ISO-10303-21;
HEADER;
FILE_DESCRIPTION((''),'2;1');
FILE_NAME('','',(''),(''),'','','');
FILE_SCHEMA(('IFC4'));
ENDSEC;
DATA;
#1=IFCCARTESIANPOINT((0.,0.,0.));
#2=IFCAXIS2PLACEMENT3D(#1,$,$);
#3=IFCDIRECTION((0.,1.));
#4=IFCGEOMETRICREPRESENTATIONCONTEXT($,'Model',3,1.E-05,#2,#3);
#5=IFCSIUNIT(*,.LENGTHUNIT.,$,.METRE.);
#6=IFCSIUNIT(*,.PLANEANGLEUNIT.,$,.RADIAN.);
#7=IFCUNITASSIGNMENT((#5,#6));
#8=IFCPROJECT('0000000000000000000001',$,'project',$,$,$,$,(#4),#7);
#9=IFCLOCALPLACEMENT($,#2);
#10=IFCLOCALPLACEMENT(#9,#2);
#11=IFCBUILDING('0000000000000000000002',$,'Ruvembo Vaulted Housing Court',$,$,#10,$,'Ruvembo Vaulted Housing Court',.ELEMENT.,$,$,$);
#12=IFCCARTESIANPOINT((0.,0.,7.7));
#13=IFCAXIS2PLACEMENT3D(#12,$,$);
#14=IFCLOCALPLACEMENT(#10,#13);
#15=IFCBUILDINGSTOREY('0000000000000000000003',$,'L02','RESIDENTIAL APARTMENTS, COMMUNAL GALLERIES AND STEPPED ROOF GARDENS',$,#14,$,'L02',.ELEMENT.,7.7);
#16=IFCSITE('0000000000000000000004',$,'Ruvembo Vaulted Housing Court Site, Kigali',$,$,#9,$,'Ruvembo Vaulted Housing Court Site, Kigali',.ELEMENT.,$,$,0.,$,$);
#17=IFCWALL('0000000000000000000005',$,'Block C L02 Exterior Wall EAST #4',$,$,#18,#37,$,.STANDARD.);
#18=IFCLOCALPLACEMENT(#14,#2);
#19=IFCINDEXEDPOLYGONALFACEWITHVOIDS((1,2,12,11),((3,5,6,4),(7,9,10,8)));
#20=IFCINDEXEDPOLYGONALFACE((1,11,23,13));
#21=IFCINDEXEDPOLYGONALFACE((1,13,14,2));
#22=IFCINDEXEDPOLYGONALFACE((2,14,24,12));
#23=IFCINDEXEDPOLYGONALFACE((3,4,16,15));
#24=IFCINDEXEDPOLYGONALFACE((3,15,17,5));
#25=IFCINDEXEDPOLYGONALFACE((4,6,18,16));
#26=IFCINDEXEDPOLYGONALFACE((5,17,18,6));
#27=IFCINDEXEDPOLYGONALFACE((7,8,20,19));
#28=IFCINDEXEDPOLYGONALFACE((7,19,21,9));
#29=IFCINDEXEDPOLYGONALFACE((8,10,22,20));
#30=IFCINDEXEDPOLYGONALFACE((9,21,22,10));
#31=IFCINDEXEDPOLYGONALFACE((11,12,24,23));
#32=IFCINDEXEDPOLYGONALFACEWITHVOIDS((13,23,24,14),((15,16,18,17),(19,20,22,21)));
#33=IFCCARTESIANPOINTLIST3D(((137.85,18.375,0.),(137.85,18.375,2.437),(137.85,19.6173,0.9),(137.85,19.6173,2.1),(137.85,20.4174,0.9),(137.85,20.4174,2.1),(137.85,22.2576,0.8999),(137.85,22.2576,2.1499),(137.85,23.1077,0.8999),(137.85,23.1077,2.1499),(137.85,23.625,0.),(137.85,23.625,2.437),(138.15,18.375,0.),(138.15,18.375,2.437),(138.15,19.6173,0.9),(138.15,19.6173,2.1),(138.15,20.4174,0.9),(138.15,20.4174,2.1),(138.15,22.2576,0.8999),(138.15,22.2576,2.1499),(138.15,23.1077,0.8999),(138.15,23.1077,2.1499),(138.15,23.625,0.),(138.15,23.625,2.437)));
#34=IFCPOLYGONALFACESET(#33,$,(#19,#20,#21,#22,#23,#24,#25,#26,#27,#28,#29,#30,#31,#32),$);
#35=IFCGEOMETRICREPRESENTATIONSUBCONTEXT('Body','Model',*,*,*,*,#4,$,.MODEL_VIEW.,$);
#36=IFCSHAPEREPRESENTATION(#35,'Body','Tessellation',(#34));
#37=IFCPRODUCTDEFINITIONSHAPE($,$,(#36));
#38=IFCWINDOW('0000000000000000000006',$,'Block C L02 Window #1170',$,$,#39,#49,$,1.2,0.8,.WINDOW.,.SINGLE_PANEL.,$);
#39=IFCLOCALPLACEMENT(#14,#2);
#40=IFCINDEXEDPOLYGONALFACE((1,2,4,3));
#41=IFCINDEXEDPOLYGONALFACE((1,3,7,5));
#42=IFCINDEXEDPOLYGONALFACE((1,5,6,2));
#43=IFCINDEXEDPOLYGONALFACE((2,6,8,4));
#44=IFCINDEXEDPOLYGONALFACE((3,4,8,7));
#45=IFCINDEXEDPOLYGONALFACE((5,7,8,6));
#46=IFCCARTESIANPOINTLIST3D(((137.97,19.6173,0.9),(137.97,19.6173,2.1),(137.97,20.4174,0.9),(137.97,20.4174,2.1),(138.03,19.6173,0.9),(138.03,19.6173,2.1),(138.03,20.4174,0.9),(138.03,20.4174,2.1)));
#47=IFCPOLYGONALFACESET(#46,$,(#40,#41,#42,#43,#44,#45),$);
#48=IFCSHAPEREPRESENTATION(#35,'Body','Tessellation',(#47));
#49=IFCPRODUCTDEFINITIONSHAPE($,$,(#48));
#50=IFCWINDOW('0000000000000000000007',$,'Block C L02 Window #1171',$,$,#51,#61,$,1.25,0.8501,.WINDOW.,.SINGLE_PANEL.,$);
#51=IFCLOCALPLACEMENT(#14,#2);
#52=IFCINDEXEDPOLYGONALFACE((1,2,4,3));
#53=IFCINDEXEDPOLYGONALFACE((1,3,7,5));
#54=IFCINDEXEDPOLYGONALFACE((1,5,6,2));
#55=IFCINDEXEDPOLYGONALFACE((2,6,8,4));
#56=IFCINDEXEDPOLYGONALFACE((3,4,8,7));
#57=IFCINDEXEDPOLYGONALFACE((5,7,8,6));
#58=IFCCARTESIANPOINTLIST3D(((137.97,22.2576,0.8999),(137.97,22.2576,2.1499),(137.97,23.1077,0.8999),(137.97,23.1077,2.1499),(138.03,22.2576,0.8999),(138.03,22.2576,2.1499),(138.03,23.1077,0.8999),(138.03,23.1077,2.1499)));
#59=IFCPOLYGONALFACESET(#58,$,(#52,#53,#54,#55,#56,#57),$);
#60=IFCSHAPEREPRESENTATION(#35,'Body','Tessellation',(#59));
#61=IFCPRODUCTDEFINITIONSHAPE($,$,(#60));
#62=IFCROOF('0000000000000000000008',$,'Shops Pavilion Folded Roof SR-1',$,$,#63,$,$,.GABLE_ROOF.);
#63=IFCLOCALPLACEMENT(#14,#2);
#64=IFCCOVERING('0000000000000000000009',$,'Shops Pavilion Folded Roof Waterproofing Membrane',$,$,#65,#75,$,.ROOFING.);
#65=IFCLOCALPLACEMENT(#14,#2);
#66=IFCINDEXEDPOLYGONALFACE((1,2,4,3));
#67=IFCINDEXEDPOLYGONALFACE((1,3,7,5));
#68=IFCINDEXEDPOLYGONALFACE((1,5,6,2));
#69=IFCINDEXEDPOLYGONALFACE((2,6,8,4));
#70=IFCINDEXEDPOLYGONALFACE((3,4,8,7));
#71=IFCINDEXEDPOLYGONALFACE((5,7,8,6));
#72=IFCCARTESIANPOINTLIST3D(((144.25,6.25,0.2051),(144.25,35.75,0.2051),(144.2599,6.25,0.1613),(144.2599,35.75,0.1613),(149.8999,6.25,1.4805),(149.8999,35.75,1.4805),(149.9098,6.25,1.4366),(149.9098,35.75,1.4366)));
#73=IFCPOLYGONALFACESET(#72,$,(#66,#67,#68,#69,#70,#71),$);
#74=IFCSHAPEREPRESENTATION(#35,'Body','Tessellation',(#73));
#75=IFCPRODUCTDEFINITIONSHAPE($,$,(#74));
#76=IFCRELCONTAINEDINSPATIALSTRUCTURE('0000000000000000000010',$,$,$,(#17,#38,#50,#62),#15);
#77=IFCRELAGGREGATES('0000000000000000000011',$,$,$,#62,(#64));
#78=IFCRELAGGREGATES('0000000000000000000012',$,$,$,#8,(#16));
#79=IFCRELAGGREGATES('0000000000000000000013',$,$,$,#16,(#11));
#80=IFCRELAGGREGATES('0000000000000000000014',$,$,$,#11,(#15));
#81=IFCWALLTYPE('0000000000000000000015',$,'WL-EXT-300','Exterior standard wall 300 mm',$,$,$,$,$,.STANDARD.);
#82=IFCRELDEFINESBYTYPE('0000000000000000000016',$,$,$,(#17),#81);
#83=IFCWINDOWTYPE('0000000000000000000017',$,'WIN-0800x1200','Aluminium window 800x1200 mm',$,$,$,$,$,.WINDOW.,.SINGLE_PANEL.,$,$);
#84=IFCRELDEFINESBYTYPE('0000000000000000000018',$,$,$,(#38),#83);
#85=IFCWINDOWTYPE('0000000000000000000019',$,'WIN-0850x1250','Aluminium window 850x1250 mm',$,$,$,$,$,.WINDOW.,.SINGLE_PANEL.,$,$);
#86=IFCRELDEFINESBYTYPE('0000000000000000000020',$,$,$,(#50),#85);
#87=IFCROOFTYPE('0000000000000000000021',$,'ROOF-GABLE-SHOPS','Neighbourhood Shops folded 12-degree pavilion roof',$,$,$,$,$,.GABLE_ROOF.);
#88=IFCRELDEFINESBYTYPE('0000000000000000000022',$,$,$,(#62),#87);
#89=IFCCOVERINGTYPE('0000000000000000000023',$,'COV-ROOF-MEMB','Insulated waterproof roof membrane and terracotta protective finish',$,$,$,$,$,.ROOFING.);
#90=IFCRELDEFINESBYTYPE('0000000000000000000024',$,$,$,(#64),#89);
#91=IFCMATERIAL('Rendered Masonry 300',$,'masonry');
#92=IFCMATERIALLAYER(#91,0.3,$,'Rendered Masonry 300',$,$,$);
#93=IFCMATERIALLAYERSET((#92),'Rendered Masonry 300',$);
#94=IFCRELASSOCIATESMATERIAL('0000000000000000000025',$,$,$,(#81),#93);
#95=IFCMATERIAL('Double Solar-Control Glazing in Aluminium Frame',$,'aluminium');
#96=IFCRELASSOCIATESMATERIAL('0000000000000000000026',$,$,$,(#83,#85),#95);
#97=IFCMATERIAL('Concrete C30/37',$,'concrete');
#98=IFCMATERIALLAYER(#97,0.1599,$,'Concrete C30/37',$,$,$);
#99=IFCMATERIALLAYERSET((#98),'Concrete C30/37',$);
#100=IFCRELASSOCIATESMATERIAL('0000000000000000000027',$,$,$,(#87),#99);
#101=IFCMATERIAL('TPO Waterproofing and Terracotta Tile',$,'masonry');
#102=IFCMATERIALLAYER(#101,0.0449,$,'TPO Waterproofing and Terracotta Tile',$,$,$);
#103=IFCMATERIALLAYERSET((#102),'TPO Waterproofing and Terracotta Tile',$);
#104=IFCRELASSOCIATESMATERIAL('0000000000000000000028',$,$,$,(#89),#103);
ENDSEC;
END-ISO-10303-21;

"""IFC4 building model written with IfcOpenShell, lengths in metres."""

from ifc_helpers import new_model, si_unit, direction, frame, frame_2d, origin, place, context, subcontext, project, spatial, polyline, rectangle, outline, extrude, material, layer, layer_set, type_object, element, fill, aggregate, save


model = new_model("IFC4")

# Units and contexts
model_context = context("Model", 3, precision=1e-05, world=origin(), true_north=direction((0.0, 1.0)))
body_context = subcontext(model_context, "Body", "Model", "MODEL_VIEW")
ifc_project = project(units=[si_unit("LENGTHUNIT", "METRE"), si_unit("PLANEANGLEUNIT", "RADIAN")], contexts=[model_context])

# Site, building, storey
site_placement = place(None, origin())
site = spatial("IfcSite", under=ifc_project, at=site_placement, Name="Ruvembo Vaulted Housing Court Site, Kigali", LongName="Ruvembo Vaulted Housing Court Site, Kigali", CompositionType="ELEMENT", RefElevation=0.0)
building_placement = place(site_placement, origin())
building = spatial("IfcBuilding", under=site, at=building_placement, Name="Ruvembo Vaulted Housing Court", LongName="Ruvembo Vaulted Housing Court", CompositionType="ELEMENT")
storey_placement = place(building_placement, frame((0.0, 0.0, 7.7)))
storey = spatial("IfcBuildingStorey", under=building, at=storey_placement, Name="L02", Description="RESIDENTIAL APARTMENTS, COMMUNAL GALLERIES AND STEPPED ROOF GARDENS", LongName="L02", CompositionType="ELEMENT", Elevation=7.7)

# Shared definitions
ifc_material_1 = material(Name="Concrete C30/37", Category="concrete")

# Wall, openings, windows
ifc_material_2 = material(Name="Rendered Masonry 300", Category="masonry")
ifc_layer_1 = layer(ifc_material_2, 0.3, Name="Rendered Masonry 300")
ifc_layer_set_1 = layer_set([ifc_layer_1], Name="Rendered Masonry 300")
wall_type = type_object("IfcWallType", Name="WL-EXT-300", Description="Exterior standard wall 300 mm", PredefinedType="STANDARD", material=ifc_layer_set_1)
ifc_material_3 = material(Name="Double Solar-Control Glazing in Aluminium Frame", Category="aluminium")
wall_1_placement = place(storey_placement, frame((138.0, 18.375, 0.0), z_axis=(0.0, 0.0, 1.0), x_axis=(0.0, 1.0, 0.0)))
wall_1 = element("IfcWall", 1, at=wall_1_placement, inside=storey, type_object=wall_type, Name="Block C L02 Exterior Wall EAST #4", PredefinedType="STANDARD", context=body_context, shape_type="SweptSolid", body=[
    extrude(rectangle(XDim=5.25, YDim=0.3, at=frame_2d((2.625, 0.0))), origin(), (0.0, 0.0, 1.0), 2.437),
])
opening_1_placement = place(wall_1_placement, frame((1.2424, 0.0, 0.8999)))
opening_1 = element("IfcOpeningElement", 2, at=opening_1_placement, cuts=wall_1, PredefinedType="OPENING", context=body_context, shape_type="SweptSolid", body=[
    extrude(rectangle(XDim=0.8, YDim=1.2, at=frame_2d((0.3999, 0.6001))), frame((0.0, 0.1599, 0.0), z_axis=(0.0, -1.0, 0.0), x_axis=(1.0, 0.0, 0.0)), (0.0, 0.0, 1.0), 0.3201),
])
opening_2_placement = place(wall_1_placement, frame((3.8826, 0.0, 0.8999)))
opening_2 = element("IfcOpeningElement", 3, at=opening_2_placement, cuts=wall_1, PredefinedType="OPENING", context=body_context, shape_type="SweptSolid", body=[
    extrude(rectangle(XDim=0.8501, YDim=1.25, at=frame_2d((0.425, 0.625))), frame((0.0, 0.1599, 0.0), z_axis=(0.0, -1.0, 0.0), x_axis=(1.0, 0.0, 0.0)), (0.0, 0.0, 1.0), 0.3201),
])
window_type_1 = type_object("IfcWindowType", Name="WIN-0800x1200", Description="Aluminium window 800x1200 mm", PartitioningType="SINGLE_PANEL", PredefinedType="WINDOW", material=ifc_material_3)
window_1_placement = place(opening_1_placement, origin())
window_1 = element("IfcWindow", 4, at=window_1_placement, inside=storey, type_object=window_type_1, Name="Block C L02 Window #1170", OverallHeight=1.2, OverallWidth=0.8, PartitioningType="SINGLE_PANEL", PredefinedType="WINDOW", context=body_context, shape_type="SweptSolid", body=[
    extrude(rectangle(XDim=0.8, YDim=1.2, at=frame_2d((0.3999, 0.6001))), frame((0.0, 0.03, 0.0), z_axis=(0.0, -1.0, 0.0), x_axis=(1.0, 0.0, 0.0)), (0.0, 0.0, 1.0), 0.0601),
])
fill(opening_1, window_1)
window_type_2 = type_object("IfcWindowType", Name="WIN-0850x1250", Description="Aluminium window 850x1250 mm", PartitioningType="SINGLE_PANEL", PredefinedType="WINDOW", material=ifc_material_3)
window_2_placement = place(opening_2_placement, origin())
window_2 = element("IfcWindow", 5, at=window_2_placement, inside=storey, type_object=window_type_2, Name="Block C L02 Window #1171", OverallHeight=1.25, OverallWidth=0.8501, PartitioningType="SINGLE_PANEL", PredefinedType="WINDOW", context=body_context, shape_type="SweptSolid", body=[
    extrude(rectangle(XDim=0.8501, YDim=1.25, at=frame_2d((0.425, 0.625))), frame((0.0, 0.03, 0.0), z_axis=(0.0, -1.0, 0.0), x_axis=(1.0, 0.0, 0.0)), (0.0, 0.0, 1.0), 0.0601),
])
fill(opening_2, window_2)

# Roof, covering
ifc_layer_2 = layer(ifc_material_1, 0.1599, Name="Concrete C30/37")
ifc_layer_set_2 = layer_set([ifc_layer_2], Name="Concrete C30/37")
roof_type = type_object("IfcRoofType", Name="ROOF-GABLE-SHOPS", Description="Neighbourhood Shops folded 12-degree pavilion roof", PredefinedType="GABLE_ROOF", material=ifc_layer_set_2)
roof_placement = place(storey_placement, origin())
roof = element("IfcRoof", 6, at=roof_placement, inside=storey, type_object=roof_type, Name="Shops Pavilion Folded Roof SR-1", PredefinedType="GABLE_ROOF")
ifc_material_4 = material(Name="TPO Waterproofing and Terracotta Tile", Category="masonry")
ifc_layer_3 = layer(ifc_material_4, 0.0449, Name="TPO Waterproofing and Terracotta Tile")
ifc_layer_set_3 = layer_set([ifc_layer_3], Name="TPO Waterproofing and Terracotta Tile")
covering_type = type_object("IfcCoveringType", Name="COV-ROOF-MEMB", Description="Insulated waterproof roof membrane and terracotta protective finish", PredefinedType="ROOFING", material=ifc_layer_set_3)
covering_placement = place(storey_placement, frame((144.25, 6.25, 0.2051), z_axis=(-0.220196, 0.0, 0.975456), x_axis=(0.975456, 0.0, 0.220196)))
covering = element("IfcCovering", 7, at=covering_placement, type_object=covering_type, Name="Shops Pavilion Folded Roof Waterproofing Membrane", PredefinedType="ROOFING", context=body_context, shape_type="SweptSolid", body=[
    extrude(outline(polyline([(0.0, 0.0), (5.7921, 0.0), (5.7921, 29.5), (0.0, 29.5), (0.0, 0.0)])), origin(), (0.0, 0.0, -1.0), 0.0449),
])
aggregate(roof, [covering])

save(model, "model.ifc")
